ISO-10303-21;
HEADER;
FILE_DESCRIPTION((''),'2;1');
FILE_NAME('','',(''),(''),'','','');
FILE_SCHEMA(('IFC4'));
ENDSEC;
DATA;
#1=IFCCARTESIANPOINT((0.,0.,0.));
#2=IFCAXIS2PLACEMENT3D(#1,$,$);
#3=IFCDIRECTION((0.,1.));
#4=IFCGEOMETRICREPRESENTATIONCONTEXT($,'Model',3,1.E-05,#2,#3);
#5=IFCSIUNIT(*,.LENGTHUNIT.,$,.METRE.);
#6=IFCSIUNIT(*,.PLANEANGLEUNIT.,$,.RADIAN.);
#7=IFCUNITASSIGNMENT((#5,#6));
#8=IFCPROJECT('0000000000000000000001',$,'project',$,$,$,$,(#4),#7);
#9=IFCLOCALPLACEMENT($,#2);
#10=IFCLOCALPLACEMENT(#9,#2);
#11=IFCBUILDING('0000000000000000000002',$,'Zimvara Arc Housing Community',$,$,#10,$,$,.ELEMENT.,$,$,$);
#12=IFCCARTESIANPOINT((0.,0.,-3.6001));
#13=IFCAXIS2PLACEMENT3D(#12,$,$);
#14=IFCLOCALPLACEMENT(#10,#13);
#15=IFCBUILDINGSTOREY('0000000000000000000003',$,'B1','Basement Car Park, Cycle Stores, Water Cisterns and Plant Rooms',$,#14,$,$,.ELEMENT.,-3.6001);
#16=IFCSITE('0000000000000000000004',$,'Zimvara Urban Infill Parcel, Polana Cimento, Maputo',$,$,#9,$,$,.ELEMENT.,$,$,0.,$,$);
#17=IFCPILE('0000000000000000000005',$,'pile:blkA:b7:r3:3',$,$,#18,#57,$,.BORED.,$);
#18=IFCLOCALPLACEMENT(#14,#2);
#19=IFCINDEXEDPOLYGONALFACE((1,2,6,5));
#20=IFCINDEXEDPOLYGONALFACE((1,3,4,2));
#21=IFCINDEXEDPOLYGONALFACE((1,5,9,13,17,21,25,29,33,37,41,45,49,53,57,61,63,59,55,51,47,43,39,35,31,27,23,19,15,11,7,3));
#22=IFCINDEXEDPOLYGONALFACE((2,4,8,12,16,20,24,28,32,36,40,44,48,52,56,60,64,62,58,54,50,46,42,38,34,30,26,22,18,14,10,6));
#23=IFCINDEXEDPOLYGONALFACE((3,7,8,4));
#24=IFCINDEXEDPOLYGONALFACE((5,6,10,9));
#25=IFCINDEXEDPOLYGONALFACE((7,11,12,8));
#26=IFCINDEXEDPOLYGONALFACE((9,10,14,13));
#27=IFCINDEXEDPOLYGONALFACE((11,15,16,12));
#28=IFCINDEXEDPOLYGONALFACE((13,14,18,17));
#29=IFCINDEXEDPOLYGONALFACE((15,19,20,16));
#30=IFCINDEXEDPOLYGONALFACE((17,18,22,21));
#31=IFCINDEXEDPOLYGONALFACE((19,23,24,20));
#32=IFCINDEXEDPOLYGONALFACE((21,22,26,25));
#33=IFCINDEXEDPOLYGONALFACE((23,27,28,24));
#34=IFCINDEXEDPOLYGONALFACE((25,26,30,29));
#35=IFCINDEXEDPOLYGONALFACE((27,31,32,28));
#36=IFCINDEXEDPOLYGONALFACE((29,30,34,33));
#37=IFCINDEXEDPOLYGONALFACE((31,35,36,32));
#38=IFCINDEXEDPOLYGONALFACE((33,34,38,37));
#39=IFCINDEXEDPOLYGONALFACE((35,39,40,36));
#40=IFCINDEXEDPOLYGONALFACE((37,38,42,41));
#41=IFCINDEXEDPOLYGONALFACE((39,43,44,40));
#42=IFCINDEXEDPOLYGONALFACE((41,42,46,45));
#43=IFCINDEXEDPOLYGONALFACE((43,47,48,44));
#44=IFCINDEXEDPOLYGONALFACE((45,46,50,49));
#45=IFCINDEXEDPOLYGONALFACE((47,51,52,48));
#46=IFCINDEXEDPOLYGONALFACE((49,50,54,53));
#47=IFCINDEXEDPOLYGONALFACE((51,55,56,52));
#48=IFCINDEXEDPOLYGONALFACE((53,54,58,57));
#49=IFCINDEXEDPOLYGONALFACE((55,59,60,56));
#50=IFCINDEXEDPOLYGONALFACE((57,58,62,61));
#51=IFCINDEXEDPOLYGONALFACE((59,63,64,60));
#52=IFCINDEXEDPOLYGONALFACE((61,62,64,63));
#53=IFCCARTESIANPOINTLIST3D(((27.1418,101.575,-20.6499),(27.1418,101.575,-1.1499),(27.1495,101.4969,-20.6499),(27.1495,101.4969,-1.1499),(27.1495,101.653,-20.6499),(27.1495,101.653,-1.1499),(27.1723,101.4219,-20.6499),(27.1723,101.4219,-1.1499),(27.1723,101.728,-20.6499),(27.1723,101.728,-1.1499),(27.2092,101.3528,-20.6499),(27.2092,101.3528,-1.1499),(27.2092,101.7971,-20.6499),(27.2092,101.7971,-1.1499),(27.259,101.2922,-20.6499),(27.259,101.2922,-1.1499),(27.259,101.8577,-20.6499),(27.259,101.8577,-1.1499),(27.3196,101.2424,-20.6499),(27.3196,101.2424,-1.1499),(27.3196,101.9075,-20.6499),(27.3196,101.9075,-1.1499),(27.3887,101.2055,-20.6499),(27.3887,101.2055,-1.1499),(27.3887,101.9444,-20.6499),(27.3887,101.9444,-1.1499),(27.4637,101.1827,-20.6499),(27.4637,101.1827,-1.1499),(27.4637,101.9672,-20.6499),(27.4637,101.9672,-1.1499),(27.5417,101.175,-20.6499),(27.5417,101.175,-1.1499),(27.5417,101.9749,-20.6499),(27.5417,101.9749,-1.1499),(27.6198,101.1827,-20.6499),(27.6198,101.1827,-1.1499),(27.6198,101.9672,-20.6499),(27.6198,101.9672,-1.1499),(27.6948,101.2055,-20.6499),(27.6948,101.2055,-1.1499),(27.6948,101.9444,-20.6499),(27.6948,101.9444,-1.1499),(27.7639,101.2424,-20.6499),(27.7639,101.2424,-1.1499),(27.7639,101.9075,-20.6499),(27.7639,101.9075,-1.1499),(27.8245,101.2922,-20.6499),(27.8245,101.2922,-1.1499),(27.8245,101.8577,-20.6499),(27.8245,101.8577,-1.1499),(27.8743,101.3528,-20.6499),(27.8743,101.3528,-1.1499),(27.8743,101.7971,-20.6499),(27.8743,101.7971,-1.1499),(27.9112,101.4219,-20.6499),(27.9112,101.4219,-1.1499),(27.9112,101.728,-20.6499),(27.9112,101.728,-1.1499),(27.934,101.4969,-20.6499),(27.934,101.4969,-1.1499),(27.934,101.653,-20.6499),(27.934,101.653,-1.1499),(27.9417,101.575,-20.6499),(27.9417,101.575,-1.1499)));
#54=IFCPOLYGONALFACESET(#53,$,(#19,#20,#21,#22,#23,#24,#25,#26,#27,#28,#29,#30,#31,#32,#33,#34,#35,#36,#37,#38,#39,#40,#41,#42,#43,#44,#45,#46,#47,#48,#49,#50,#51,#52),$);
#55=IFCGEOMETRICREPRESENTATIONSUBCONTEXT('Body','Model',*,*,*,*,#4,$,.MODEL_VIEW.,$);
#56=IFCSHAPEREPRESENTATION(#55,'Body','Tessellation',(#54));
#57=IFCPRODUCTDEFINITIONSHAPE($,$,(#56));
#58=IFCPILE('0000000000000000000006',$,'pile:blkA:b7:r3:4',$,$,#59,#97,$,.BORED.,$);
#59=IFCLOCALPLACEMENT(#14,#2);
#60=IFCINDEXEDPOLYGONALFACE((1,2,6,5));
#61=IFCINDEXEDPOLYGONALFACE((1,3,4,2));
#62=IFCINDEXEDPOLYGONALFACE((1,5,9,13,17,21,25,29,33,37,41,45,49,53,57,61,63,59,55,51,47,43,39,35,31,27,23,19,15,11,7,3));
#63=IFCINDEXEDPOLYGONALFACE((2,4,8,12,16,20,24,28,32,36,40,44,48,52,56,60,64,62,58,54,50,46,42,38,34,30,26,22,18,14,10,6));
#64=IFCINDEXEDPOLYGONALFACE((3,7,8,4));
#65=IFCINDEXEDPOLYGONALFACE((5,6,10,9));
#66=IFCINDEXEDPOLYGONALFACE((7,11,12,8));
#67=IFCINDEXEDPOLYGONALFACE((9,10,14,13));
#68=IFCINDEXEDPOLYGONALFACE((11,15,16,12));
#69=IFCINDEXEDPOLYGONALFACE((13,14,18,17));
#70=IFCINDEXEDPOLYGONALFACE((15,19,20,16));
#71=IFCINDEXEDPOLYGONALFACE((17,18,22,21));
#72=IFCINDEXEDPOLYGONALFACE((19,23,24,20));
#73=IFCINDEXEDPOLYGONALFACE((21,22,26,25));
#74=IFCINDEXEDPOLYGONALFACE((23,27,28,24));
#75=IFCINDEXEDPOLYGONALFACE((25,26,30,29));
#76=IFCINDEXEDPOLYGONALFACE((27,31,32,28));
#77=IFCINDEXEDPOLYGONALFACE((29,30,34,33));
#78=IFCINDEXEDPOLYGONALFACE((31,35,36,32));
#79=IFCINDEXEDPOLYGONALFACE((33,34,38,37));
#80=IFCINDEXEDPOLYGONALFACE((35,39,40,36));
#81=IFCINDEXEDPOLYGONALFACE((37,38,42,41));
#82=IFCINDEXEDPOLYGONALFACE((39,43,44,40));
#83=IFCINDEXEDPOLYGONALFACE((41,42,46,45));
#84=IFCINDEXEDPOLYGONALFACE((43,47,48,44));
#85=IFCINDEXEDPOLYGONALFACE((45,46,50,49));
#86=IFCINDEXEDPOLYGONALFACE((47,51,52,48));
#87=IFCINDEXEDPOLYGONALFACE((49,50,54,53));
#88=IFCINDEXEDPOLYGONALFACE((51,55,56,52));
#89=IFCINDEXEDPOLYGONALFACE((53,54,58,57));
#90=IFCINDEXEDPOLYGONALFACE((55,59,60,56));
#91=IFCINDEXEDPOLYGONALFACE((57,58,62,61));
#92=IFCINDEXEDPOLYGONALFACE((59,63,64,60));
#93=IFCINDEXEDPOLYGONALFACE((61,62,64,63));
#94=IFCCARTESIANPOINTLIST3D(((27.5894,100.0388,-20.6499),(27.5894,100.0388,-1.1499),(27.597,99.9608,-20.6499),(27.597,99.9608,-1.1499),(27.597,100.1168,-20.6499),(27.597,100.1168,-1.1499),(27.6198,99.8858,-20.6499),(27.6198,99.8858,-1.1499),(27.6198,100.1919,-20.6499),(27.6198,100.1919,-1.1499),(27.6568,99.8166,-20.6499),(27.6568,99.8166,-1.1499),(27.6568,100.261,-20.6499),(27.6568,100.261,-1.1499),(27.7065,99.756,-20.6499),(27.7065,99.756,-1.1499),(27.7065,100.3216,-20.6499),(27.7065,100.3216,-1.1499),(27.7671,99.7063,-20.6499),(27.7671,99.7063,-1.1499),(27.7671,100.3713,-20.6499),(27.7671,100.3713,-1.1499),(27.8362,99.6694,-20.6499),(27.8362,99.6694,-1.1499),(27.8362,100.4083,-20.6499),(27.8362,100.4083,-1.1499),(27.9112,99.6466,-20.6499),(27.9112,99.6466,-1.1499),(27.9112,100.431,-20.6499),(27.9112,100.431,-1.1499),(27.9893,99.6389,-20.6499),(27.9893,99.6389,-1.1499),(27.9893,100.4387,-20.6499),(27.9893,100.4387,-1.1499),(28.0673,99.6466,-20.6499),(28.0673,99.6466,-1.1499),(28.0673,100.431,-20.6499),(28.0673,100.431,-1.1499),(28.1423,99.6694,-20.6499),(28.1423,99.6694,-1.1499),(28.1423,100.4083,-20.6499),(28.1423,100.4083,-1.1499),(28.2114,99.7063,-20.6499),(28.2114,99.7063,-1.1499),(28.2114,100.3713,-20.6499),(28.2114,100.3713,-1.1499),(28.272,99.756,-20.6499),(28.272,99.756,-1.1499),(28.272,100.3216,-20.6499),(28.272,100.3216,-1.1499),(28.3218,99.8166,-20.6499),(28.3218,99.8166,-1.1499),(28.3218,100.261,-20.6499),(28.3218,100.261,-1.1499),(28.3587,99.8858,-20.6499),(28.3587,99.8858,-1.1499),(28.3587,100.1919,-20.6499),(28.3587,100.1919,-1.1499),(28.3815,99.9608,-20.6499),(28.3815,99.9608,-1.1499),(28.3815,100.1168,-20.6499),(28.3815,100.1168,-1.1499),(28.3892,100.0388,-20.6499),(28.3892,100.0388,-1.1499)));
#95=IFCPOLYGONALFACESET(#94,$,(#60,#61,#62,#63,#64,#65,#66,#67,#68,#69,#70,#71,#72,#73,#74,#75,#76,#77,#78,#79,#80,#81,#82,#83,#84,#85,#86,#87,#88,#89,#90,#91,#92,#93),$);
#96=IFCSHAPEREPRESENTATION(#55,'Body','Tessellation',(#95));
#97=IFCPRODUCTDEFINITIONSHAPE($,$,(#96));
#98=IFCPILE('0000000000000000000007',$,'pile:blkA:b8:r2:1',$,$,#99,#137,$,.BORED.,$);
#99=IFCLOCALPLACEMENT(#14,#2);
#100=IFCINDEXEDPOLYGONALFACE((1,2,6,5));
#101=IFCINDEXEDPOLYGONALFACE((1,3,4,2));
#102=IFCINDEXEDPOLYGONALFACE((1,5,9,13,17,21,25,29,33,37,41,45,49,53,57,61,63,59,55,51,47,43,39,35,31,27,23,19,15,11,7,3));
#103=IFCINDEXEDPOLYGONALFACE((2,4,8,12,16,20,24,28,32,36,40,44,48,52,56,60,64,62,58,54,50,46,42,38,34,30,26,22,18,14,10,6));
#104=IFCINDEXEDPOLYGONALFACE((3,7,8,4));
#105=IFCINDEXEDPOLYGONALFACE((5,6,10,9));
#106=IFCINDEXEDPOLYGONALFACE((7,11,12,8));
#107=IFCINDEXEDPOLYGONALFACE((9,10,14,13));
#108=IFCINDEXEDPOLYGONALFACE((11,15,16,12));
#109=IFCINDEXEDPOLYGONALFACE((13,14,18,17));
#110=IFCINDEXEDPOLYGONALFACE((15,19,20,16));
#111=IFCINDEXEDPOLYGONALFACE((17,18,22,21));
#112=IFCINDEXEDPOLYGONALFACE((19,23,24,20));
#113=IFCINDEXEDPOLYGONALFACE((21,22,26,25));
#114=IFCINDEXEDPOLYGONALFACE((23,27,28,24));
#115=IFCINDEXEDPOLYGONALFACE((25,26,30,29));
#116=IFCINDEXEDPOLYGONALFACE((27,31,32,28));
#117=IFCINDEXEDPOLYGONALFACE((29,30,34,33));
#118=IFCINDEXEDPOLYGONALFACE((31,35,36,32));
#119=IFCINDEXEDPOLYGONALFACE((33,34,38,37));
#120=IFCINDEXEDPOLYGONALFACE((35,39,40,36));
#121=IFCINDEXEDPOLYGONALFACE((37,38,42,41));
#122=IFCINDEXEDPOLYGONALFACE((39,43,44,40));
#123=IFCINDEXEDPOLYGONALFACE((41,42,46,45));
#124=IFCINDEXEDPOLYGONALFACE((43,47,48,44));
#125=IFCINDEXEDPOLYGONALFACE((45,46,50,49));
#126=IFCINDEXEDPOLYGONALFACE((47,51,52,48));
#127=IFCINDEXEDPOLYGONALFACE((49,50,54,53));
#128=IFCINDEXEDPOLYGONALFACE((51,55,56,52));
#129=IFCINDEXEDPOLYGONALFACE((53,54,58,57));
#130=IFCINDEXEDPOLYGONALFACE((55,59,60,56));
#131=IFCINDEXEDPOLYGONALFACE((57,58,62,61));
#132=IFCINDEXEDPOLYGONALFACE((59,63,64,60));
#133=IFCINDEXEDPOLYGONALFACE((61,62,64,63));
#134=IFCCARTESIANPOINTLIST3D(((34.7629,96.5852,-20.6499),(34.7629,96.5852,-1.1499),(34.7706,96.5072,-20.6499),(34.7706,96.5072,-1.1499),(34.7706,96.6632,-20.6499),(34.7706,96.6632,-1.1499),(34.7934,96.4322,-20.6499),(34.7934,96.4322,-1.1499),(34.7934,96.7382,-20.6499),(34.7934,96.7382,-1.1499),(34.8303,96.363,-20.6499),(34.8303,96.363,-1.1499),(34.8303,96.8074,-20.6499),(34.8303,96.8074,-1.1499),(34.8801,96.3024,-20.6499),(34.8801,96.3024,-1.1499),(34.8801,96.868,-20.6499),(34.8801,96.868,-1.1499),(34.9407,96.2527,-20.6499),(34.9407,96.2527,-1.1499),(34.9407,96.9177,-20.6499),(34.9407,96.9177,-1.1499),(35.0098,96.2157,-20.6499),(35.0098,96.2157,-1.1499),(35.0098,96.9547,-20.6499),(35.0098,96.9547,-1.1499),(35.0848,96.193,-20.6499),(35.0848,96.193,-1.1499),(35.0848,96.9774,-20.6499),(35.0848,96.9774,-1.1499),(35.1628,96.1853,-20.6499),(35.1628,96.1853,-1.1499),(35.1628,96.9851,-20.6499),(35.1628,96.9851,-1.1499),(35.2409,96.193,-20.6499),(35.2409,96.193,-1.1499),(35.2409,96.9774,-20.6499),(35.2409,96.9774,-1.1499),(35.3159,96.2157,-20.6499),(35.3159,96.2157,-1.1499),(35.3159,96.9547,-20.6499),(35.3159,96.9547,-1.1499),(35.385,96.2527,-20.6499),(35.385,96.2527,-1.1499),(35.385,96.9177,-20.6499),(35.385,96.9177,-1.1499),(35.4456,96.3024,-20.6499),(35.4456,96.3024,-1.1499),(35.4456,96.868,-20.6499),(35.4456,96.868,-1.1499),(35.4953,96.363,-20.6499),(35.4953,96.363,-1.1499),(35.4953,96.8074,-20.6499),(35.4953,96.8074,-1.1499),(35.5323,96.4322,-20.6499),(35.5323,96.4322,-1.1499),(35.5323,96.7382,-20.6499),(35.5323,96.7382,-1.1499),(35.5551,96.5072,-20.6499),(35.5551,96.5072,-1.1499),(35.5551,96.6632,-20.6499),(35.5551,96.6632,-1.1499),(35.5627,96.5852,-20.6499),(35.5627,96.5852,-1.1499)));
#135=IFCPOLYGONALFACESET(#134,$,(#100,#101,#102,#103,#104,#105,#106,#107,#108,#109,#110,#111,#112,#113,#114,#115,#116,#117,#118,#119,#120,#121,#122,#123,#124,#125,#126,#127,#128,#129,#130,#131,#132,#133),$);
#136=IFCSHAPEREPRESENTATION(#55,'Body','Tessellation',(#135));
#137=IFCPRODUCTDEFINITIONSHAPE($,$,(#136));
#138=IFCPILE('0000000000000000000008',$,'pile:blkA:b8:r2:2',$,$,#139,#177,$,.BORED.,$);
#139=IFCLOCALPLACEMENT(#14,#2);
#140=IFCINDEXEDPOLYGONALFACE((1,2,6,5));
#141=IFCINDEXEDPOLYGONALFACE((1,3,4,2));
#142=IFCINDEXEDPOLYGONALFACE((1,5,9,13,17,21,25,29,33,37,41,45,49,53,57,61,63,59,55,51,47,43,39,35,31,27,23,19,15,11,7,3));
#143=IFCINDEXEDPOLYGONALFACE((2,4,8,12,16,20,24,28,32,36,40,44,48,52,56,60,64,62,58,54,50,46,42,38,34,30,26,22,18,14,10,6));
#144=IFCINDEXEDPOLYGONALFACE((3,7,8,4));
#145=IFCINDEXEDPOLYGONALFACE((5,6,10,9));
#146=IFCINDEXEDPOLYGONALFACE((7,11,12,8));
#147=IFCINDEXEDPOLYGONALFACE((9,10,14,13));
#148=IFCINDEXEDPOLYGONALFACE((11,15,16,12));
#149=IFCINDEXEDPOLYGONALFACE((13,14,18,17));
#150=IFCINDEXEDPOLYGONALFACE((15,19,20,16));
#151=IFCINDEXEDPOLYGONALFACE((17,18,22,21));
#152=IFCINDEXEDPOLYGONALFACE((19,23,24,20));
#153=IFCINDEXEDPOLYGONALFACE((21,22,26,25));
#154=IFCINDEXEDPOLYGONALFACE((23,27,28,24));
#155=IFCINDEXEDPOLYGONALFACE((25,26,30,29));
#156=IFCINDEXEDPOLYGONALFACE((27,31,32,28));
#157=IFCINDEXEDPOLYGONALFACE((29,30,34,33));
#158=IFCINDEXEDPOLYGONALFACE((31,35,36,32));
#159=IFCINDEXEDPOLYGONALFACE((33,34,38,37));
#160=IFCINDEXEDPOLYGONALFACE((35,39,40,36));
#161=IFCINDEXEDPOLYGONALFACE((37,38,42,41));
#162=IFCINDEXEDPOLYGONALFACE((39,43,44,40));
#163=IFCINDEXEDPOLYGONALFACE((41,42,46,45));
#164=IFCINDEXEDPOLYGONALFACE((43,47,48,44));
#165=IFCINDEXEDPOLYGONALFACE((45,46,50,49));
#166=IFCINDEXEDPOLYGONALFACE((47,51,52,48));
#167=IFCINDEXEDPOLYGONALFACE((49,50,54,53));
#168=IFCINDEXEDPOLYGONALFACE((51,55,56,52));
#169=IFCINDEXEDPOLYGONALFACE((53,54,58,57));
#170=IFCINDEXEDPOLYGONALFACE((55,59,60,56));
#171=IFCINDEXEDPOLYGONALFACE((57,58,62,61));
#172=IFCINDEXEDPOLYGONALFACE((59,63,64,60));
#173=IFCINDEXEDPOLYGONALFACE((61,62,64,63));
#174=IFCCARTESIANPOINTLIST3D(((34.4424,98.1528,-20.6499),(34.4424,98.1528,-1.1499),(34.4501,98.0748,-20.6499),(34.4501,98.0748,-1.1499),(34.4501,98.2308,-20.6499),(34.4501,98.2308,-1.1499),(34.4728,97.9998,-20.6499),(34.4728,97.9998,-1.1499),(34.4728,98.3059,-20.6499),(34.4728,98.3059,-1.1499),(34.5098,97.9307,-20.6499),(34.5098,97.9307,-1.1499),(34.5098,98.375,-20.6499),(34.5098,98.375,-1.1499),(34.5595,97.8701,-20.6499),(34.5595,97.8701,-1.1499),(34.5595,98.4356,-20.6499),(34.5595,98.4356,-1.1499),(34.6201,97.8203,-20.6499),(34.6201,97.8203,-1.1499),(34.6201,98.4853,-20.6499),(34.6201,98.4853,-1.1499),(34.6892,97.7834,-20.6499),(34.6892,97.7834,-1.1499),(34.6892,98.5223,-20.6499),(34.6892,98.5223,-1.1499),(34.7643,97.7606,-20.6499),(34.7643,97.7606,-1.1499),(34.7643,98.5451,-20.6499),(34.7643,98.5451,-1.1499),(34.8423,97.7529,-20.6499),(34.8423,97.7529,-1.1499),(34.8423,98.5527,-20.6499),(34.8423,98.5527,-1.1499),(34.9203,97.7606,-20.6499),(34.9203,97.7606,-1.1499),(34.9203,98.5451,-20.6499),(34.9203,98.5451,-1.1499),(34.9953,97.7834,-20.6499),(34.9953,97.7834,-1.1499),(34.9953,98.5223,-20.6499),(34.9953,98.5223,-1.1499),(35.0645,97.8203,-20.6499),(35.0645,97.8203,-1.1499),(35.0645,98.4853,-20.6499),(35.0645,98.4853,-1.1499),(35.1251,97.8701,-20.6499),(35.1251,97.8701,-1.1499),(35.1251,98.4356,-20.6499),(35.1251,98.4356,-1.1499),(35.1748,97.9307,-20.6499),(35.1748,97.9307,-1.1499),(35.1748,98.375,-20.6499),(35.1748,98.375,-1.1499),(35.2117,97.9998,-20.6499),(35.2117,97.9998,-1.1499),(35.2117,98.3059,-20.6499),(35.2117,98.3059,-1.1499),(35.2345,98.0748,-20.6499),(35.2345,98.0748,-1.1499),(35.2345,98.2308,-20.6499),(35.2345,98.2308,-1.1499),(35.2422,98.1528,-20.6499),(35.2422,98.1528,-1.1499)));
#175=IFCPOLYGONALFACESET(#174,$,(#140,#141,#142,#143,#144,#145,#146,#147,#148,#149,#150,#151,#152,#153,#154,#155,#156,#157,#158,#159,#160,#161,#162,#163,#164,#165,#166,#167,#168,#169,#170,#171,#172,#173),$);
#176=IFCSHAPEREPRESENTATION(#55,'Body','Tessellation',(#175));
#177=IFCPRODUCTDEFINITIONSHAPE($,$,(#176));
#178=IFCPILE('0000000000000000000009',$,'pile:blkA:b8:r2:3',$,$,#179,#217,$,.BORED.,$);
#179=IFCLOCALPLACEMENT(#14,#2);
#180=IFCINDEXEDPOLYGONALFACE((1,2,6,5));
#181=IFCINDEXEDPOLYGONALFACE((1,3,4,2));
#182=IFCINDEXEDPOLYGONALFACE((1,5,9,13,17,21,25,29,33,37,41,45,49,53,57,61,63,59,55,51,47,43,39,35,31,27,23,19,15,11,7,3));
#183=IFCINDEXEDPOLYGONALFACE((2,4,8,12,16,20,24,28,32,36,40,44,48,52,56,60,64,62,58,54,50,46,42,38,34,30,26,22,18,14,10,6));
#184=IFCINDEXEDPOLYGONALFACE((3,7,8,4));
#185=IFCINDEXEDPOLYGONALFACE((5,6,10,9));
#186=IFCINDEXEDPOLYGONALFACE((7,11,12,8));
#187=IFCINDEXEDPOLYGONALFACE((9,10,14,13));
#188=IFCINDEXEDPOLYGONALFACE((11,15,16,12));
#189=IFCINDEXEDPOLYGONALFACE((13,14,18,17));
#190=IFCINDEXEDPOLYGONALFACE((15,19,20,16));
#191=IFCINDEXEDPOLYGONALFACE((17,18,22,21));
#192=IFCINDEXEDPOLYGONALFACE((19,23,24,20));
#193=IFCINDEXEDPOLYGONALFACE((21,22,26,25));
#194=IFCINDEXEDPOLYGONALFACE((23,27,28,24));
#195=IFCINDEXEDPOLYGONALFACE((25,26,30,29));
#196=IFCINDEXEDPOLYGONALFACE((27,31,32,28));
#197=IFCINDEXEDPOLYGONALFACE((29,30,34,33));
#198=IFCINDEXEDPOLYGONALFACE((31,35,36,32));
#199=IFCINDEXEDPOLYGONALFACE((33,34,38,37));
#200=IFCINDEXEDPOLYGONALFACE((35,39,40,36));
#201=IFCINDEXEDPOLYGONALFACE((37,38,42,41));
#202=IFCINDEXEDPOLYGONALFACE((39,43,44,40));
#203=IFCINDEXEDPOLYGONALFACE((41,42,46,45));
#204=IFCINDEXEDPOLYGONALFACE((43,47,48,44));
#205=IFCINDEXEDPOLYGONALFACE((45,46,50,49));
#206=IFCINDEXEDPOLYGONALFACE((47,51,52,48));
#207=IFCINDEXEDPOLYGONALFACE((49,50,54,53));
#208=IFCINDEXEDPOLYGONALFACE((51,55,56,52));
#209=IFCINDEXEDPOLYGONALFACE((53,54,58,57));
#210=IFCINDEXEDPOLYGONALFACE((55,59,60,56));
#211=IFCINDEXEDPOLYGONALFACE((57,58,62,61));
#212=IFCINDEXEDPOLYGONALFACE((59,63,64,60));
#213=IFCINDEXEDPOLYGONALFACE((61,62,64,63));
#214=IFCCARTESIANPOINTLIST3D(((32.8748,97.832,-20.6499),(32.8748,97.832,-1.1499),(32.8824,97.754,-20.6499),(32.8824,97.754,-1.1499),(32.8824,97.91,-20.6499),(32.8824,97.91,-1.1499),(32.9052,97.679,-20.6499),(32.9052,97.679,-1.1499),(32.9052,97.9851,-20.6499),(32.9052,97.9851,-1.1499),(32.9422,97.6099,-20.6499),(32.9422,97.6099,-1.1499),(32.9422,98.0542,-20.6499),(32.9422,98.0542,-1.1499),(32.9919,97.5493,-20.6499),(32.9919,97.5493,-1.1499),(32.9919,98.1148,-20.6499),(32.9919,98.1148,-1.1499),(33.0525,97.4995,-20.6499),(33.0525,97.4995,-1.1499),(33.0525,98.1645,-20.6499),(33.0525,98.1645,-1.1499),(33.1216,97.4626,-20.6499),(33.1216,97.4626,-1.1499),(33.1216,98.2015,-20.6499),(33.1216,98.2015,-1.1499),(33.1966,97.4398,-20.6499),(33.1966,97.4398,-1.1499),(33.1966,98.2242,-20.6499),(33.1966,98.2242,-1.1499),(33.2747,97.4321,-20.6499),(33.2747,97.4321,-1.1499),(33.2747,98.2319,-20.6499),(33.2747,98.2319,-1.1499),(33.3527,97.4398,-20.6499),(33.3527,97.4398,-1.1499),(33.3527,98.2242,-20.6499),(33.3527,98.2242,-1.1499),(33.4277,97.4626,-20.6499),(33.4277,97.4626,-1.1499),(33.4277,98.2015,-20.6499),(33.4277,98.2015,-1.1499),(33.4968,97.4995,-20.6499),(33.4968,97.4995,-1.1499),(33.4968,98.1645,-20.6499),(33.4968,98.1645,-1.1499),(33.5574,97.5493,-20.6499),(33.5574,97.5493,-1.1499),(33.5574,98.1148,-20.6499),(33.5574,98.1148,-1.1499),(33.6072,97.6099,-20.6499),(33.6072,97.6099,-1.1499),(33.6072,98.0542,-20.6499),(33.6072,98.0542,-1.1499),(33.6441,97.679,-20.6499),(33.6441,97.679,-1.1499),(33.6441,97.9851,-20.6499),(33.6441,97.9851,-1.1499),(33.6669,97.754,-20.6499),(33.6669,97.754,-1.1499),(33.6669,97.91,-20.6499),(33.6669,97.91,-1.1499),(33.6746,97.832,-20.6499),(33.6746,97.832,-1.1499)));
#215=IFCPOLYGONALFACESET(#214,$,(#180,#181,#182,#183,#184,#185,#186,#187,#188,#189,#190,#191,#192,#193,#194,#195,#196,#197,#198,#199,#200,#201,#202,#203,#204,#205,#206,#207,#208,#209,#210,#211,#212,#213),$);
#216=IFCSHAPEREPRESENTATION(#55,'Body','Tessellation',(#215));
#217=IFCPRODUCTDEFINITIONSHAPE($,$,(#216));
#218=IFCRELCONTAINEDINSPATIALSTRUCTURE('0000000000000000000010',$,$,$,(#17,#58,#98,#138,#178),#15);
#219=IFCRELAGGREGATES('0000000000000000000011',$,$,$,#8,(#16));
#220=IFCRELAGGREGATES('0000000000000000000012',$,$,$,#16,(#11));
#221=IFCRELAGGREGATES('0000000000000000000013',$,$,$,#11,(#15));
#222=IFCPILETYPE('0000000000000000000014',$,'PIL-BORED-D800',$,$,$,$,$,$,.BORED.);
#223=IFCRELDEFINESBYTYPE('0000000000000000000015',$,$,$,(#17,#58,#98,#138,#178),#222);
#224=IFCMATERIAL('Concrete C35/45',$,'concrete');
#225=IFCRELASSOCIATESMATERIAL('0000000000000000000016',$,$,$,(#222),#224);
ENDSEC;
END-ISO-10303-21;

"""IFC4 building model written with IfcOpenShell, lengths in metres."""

from ifc_helpers import new_model, si_unit, direction, frame, origin, origin_2d, place, context, subcontext, project, spatial, circle, extrude, material, material_profile, profile_set, type_object, element, save


model = new_model("IFC4")

# Units and contexts
model_context = context("Model", 3, precision=1e-05, world=origin(), true_north=direction((0.0, 1.0)))
body_context = subcontext(model_context, "Body", "Model", "MODEL_VIEW")
ifc_project = project(units=[si_unit("LENGTHUNIT", "METRE"), si_unit("PLANEANGLEUNIT", "RADIAN")], contexts=[model_context])

# Site, building, storey
site_placement = place(None, origin())
site = spatial("IfcSite", under=ifc_project, at=site_placement, Name="Zimvara Urban Infill Parcel, Polana Cimento, Maputo", CompositionType="ELEMENT", RefElevation=0.0)
building_placement = place(site_placement, origin())
building = spatial("IfcBuilding", under=site, at=building_placement, Name="Zimvara Arc Housing Community", CompositionType="ELEMENT")
storey_placement = place(building_placement, frame((0.0, 0.0, -3.6001)))
storey = spatial("IfcBuildingStorey", under=building, at=storey_placement, Name="B1", Description="Basement Car Park, Cycle Stores, Water Cisterns and Plant Rooms", CompositionType="ELEMENT", Elevation=-3.6001)

# Piles
ifc_material_1 = material(Name="Concrete C35/45", Category="concrete")
ifc_material_profile_1 = material_profile(ifc_material_1, circle(Radius=0.3999, at=origin_2d()), Name="PILE D800")
ifc_profile_set_1 = profile_set([ifc_material_profile_1], Name="Concrete C35/45")
pile_type = type_object("IfcPileType", Name="PIL-BORED-D800", PredefinedType="BORED", material=ifc_profile_set_1)
for number, where, z_axis, x_axis, name in (
    (1, (27.5417, 101.575, -1.1499), (0.0, 0.0, -1.0), (1.0, 0.0, 0.0), "pile:blkA:b7:r3:3"),
    (2, (27.9893, 100.0388, -1.1499), (0.0, 0.0, -1.0), (1.0, 0.0, 0.0), "pile:blkA:b7:r3:4"),
    (3, (35.1628, 96.5852, -1.1499), (0.0, 0.0, -1.0), (1.0, 0.0, 0.0), "pile:blkA:b8:r2:1"),
    (4, (34.8423, 98.1528, -1.1499), (0.0, 0.0, -1.0), (1.0, 0.0, 0.0), "pile:blkA:b8:r2:2"),
    (5, (33.2747, 97.832, -1.1499), (0.0, 0.0, -1.0), (1.0, 0.0, 0.0), "pile:blkA:b8:r2:3"),
):
    element("IfcPile", number, at=place(storey_placement, frame(where, z_axis=z_axis, x_axis=x_axis)), inside=storey, type_object=pile_type, Name=name, PredefinedType="BORED", context=body_context, shape_type="SweptSolid", body=[
        extrude(circle(Radius=0.3999, at=origin_2d()), origin(), (0.0, 0.0, 1.0), 19.5),
    ])

save(model, "model.ifc")
